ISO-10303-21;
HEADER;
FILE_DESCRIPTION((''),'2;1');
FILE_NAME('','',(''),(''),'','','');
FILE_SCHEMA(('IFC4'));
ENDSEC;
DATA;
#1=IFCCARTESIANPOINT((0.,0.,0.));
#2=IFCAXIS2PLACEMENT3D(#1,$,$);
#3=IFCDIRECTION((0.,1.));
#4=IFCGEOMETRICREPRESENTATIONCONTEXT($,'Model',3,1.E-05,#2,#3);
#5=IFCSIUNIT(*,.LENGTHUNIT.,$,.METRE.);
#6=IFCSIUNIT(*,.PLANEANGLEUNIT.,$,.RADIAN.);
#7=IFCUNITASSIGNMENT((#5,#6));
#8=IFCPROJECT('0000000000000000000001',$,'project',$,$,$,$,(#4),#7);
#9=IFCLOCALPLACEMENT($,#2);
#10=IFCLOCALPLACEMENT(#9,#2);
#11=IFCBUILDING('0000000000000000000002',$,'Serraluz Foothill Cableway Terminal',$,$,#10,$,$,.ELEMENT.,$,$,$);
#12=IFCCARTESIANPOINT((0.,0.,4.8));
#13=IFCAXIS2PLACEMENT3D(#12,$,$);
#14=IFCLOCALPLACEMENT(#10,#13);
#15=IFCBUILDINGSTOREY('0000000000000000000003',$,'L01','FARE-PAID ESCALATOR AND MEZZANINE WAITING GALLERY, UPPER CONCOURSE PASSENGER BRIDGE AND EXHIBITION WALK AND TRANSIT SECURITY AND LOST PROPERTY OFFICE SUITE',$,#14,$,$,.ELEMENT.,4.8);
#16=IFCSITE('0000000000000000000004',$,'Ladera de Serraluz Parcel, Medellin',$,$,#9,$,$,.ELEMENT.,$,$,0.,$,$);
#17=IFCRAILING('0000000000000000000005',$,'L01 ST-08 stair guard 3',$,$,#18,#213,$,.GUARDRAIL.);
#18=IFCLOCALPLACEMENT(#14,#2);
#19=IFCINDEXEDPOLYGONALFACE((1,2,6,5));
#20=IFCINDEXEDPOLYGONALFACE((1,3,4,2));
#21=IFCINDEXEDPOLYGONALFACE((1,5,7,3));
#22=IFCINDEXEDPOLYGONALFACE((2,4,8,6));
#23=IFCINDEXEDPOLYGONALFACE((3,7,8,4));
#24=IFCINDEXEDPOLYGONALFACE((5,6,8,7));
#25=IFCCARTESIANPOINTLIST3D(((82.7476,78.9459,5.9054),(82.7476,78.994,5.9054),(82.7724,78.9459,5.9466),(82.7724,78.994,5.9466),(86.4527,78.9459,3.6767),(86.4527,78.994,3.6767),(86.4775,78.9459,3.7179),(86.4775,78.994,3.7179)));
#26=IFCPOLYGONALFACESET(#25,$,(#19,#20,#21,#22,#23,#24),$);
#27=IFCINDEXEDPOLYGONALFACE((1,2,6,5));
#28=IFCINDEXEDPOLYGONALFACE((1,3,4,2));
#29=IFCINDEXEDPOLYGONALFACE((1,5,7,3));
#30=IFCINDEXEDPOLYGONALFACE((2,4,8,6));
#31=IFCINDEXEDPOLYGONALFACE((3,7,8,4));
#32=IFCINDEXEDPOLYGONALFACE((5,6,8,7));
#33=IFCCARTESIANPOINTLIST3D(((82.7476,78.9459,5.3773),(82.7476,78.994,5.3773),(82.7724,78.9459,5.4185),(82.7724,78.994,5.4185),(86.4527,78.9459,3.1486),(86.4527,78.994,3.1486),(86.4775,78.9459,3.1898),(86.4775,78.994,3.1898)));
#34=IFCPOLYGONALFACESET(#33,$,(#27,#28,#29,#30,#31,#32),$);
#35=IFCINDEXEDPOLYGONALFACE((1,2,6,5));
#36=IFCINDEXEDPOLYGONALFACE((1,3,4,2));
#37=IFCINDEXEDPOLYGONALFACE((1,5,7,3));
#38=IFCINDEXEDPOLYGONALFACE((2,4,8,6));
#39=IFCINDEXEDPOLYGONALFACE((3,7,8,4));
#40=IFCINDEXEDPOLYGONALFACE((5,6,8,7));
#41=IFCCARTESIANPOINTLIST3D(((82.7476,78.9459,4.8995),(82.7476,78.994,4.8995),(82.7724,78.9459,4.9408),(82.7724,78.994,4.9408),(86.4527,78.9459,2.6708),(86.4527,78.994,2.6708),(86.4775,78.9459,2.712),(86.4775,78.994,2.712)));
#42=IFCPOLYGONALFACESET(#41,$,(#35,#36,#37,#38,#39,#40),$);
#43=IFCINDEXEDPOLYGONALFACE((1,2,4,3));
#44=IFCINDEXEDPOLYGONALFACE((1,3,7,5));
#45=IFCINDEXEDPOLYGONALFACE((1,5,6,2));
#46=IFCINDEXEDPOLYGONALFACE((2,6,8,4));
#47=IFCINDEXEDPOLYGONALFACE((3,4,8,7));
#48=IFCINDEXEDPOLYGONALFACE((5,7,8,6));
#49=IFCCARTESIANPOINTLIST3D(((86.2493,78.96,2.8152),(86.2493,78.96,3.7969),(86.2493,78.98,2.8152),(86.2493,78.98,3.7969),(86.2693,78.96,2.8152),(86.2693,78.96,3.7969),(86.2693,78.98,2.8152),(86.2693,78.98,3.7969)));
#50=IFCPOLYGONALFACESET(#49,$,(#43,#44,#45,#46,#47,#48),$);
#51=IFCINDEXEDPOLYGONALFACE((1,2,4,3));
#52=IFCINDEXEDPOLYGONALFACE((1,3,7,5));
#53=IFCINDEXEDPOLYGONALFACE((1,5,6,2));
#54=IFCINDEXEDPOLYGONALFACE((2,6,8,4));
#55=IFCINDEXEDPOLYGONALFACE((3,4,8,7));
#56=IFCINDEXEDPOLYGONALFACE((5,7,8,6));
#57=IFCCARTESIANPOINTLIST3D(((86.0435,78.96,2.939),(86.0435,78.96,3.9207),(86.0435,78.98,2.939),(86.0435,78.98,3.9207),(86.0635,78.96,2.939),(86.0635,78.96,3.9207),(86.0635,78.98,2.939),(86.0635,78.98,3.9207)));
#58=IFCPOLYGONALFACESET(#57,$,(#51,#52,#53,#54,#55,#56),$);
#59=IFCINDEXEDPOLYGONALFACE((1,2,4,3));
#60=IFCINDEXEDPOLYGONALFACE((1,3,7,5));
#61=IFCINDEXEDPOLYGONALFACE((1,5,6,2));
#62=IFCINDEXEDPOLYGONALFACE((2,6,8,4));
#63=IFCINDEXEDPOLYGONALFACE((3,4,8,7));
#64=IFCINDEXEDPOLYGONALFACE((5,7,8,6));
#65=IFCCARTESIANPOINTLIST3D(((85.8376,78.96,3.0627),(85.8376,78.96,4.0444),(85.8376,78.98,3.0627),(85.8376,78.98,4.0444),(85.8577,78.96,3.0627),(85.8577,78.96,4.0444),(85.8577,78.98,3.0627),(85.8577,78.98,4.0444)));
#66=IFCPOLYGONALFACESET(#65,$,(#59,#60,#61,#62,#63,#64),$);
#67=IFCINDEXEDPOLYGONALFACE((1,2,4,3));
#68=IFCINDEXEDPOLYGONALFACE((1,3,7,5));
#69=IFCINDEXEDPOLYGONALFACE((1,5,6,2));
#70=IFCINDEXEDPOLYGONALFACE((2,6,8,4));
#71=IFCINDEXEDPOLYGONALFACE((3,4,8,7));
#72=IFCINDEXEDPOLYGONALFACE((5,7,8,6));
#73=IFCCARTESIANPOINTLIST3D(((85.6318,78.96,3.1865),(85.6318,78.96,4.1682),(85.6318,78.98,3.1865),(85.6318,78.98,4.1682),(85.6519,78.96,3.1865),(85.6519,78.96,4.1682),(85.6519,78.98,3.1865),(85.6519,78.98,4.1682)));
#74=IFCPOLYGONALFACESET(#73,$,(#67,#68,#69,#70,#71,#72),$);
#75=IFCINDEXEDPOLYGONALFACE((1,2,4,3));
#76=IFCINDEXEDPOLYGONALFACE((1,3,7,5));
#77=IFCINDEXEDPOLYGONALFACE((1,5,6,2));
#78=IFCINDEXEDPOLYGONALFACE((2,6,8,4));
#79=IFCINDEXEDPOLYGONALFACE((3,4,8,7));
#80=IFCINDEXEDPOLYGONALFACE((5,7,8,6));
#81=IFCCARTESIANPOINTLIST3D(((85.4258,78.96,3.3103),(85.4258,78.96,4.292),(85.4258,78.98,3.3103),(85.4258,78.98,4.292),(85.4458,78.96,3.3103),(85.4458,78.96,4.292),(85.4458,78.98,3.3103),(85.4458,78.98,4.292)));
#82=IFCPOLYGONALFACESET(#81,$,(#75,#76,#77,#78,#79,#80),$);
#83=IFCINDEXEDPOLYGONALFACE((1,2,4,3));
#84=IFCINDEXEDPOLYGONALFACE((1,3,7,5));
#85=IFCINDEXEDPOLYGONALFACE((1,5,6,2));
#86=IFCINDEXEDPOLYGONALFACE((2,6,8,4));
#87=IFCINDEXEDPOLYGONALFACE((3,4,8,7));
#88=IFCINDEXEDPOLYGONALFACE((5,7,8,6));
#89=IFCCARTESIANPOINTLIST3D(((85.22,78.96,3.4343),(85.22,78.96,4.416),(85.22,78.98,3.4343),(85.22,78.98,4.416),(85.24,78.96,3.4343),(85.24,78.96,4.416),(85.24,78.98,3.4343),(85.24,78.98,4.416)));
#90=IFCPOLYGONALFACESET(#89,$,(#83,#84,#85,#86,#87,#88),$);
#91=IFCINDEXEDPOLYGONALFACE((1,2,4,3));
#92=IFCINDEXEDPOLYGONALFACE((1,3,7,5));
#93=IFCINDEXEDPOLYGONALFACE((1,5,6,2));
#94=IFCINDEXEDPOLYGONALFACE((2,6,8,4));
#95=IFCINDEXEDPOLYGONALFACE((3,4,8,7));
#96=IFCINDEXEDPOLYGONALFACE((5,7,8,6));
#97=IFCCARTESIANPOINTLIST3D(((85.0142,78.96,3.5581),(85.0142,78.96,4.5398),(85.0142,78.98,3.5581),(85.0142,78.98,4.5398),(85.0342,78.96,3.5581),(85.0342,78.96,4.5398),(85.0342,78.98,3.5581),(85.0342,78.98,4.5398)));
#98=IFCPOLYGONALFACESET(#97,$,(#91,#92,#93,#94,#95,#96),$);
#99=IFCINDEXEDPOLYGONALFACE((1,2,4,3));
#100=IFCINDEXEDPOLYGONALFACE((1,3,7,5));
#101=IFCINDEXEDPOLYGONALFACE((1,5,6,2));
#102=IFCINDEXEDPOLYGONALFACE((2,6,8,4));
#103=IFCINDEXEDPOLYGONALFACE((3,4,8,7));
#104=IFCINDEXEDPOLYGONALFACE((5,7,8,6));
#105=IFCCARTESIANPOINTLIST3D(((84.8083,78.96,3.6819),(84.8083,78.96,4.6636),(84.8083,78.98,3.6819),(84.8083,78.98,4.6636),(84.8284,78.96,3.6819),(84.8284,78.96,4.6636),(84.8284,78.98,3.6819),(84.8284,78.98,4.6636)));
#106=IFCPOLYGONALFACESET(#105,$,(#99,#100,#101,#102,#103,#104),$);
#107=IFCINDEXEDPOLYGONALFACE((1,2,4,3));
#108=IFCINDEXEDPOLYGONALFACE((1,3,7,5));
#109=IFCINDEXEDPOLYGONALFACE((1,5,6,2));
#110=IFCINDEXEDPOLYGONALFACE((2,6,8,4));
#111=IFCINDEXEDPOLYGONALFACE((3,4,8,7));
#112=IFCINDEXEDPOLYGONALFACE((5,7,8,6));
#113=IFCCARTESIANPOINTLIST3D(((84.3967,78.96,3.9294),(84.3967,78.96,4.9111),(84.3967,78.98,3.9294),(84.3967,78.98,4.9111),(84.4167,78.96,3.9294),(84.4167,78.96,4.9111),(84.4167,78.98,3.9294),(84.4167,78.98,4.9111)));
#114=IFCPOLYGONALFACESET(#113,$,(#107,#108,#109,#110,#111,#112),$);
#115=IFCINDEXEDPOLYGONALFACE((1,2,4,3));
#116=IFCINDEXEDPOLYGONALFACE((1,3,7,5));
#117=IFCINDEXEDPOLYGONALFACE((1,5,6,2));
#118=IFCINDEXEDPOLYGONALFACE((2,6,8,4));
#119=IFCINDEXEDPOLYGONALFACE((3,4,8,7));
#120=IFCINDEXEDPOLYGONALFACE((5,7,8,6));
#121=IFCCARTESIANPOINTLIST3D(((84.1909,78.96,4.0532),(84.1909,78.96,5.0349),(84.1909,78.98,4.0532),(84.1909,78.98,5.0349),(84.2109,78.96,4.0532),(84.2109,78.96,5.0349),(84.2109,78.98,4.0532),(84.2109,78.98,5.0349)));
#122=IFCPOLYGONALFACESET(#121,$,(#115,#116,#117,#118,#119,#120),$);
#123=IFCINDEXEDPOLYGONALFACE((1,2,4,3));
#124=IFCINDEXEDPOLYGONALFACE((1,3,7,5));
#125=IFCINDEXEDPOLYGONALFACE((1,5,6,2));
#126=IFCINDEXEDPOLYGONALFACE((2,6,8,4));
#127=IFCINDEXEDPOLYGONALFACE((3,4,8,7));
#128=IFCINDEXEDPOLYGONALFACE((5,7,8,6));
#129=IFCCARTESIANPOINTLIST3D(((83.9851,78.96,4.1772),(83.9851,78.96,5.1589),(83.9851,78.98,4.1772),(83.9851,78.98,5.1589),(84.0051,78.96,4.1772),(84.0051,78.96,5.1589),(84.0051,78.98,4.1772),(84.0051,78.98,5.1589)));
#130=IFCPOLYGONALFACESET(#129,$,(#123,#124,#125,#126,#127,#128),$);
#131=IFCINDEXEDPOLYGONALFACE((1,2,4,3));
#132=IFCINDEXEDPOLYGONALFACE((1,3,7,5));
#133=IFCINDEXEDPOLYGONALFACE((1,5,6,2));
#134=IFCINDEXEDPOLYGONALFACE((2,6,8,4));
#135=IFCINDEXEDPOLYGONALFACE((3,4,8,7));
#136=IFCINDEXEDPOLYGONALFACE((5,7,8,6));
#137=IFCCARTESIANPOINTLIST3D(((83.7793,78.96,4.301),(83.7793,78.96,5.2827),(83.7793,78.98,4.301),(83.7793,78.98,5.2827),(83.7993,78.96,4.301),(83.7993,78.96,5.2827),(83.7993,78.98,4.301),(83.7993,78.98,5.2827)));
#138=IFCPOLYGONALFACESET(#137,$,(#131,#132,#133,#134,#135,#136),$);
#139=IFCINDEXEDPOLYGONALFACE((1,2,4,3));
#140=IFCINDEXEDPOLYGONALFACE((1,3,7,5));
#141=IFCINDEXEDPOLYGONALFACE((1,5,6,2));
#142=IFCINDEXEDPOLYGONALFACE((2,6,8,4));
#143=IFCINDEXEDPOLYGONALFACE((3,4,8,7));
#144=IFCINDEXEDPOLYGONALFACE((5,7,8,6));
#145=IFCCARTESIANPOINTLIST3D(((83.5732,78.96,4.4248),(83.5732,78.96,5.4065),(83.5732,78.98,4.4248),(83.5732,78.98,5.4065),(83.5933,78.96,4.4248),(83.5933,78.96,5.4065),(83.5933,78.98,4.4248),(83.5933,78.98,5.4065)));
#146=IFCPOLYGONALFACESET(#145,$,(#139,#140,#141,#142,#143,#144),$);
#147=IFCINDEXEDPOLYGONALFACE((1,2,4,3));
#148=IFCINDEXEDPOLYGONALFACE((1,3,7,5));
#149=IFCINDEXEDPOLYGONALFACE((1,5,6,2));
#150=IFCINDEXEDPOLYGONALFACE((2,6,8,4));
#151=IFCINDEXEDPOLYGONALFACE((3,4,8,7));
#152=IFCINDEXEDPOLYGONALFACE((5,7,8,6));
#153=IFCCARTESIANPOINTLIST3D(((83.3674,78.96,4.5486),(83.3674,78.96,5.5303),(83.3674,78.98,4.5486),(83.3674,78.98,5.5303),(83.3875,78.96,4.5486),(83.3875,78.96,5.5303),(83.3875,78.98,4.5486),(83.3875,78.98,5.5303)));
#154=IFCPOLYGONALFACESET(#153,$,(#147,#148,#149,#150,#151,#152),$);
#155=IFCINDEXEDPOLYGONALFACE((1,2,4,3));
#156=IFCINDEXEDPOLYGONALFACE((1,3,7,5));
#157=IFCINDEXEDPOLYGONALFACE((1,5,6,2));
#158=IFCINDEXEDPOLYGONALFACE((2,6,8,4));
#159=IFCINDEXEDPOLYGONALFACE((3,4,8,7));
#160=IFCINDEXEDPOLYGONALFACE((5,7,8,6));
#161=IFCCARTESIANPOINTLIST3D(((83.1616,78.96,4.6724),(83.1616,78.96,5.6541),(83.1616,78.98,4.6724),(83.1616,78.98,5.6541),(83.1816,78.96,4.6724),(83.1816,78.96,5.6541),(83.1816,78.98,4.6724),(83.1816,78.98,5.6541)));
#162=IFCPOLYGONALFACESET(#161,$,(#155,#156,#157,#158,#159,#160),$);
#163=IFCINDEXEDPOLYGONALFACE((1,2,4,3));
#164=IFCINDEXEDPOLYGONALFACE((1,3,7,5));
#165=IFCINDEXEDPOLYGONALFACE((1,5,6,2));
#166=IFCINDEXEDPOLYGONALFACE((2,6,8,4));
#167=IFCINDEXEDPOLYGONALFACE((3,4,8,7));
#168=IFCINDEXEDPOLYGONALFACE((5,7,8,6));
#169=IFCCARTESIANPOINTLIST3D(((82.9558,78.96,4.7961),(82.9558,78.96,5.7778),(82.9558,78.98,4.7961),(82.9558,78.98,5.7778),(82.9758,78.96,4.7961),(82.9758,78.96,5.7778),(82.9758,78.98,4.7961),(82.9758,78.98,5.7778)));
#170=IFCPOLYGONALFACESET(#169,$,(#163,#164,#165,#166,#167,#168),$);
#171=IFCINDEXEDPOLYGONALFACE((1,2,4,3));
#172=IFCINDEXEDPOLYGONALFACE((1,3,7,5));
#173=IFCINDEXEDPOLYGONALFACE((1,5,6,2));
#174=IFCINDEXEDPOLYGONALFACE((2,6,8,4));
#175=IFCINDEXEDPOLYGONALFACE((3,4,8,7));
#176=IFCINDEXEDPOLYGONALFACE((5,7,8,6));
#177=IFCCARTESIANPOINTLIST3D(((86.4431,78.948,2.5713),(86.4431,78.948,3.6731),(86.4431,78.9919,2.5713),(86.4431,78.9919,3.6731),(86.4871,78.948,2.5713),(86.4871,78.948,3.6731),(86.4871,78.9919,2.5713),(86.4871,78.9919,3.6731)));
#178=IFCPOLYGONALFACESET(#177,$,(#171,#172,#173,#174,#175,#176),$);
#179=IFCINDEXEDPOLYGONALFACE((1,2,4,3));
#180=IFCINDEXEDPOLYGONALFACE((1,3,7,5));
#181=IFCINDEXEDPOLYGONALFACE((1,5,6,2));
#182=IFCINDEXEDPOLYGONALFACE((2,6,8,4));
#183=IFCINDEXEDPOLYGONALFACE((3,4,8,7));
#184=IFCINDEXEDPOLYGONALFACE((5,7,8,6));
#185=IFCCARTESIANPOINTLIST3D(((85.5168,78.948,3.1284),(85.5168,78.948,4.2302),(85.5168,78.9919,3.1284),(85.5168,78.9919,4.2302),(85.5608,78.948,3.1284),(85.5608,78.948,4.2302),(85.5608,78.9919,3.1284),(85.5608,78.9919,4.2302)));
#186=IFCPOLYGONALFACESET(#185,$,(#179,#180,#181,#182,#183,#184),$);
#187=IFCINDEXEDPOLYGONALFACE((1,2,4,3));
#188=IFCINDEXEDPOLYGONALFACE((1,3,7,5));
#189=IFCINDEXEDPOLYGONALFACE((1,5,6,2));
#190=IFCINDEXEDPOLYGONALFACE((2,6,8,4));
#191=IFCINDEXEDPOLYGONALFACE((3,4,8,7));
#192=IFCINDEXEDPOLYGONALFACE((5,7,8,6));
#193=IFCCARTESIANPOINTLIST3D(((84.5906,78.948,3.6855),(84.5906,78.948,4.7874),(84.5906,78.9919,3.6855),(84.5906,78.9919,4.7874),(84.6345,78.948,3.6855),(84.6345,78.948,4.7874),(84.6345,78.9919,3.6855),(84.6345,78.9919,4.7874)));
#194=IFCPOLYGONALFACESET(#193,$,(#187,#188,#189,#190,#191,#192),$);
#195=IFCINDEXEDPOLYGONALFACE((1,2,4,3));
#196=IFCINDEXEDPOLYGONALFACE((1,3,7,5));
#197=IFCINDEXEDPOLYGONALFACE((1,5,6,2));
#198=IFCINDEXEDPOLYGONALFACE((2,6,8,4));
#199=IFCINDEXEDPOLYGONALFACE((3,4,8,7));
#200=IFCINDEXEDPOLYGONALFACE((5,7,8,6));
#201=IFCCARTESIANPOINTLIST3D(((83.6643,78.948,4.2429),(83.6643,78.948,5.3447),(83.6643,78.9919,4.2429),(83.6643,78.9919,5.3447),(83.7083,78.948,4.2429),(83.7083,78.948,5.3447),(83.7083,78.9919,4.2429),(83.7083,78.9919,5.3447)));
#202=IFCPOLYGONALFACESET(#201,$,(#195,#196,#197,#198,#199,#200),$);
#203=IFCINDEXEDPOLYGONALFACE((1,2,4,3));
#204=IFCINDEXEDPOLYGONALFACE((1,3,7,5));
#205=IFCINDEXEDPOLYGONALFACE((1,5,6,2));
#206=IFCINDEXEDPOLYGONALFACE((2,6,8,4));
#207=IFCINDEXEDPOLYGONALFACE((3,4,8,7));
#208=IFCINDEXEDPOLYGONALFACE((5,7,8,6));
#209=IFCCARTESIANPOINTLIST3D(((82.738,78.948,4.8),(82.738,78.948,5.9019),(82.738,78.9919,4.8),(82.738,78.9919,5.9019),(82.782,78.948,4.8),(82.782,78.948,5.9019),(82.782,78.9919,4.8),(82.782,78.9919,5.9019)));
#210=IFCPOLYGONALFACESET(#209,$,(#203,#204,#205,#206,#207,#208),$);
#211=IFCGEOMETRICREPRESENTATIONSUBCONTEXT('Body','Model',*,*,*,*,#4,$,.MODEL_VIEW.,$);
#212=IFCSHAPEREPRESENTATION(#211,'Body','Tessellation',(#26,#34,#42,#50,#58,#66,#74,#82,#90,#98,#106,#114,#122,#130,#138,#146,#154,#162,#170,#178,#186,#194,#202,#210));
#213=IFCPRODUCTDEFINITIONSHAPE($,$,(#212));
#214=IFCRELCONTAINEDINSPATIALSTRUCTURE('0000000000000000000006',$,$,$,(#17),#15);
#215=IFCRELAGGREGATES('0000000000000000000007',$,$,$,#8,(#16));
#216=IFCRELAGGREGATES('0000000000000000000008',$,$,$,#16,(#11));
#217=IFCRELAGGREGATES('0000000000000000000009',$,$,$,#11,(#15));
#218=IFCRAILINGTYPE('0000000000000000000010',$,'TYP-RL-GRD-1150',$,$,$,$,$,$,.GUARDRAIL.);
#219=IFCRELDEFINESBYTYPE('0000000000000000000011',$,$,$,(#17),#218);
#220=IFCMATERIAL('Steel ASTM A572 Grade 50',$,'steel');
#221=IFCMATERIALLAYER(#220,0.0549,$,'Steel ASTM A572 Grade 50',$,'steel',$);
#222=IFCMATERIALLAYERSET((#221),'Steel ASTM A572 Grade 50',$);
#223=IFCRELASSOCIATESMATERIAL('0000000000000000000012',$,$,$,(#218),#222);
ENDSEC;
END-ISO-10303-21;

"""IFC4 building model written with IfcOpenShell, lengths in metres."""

from ifc_helpers import new_model, si_unit, direction, frame, origin, origin_2d, place, context, subcontext, project, spatial, rectangle, extrude, material, layer, layer_set, type_object, element, save


model = new_model("IFC4")

# Units and contexts
model_context = context("Model", 3, precision=1e-05, world=origin(), true_north=direction((0.0, 1.0)))
body_context = subcontext(model_context, "Body", "Model", "MODEL_VIEW")
ifc_project = project(units=[si_unit("LENGTHUNIT", "METRE"), si_unit("PLANEANGLEUNIT", "RADIAN")], contexts=[model_context])

# Site, building, storey
site_placement = place(None, origin())
site = spatial("IfcSite", under=ifc_project, at=site_placement, Name="Ladera de Serraluz Parcel, Medellin", CompositionType="ELEMENT", RefElevation=0.0)
building_placement = place(site_placement, origin())
building = spatial("IfcBuilding", under=site, at=building_placement, Name="Serraluz Foothill Cableway Terminal", CompositionType="ELEMENT")
storey_placement = place(building_placement, frame((0.0, 0.0, 4.8)))
storey = spatial("IfcBuildingStorey", under=building, at=storey_placement, Name="L01", Description="FARE-PAID ESCALATOR AND MEZZANINE WAITING GALLERY, UPPER CONCOURSE PASSENGER BRIDGE AND EXHIBITION WALK AND TRANSIT SECURITY AND LOST PROPERTY OFFICE SUITE", CompositionType="ELEMENT", Elevation=4.8)

# Railing
ifc_material_1 = material(Name="Steel ASTM A572 Grade 50", Category="steel")
ifc_layer_1 = layer(ifc_material_1, 0.0549, Name="Steel ASTM A572 Grade 50", Category="steel")
ifc_layer_set_1 = layer_set([ifc_layer_1], Name="Steel ASTM A572 Grade 50")
railing_type_1 = type_object("IfcRailingType", Name="TYP-RL-GRD-1150", PredefinedType="GUARDRAIL", material=ifc_layer_set_1)
railing_1_placement = place(storey_placement, frame((86.4651, 78.97, 2.5713)))
element("IfcRailing", 1, at=railing_1_placement, inside=storey, type_object=railing_type_1, Name="L01 ST-08 stair guard 3", PredefinedType="GUARDRAIL", context=body_context, shape_type="SweptSolid", body=[
    extrude(rectangle(XDim=0.0481, YDim=0.0481, at=origin_2d()), frame((0.0, 0.0, 1.126), z_axis=(-0.856909, 0.0, 0.515467), x_axis=(0.0, -1.0, 0.0)), (0.0, 0.0, 1.0), 4.3237),
    extrude(rectangle(XDim=0.0481, YDim=0.0481, at=origin_2d()), frame((0.0, 0.0, 0.5979), z_axis=(-0.856909, 0.0, 0.515467), x_axis=(0.0, -1.0, 0.0)), (0.0, 0.0, 1.0), 4.3237),
    extrude(rectangle(XDim=0.0481, YDim=0.0481, at=origin_2d()), frame((0.0, 0.0, 0.1201), z_axis=(-0.856909, 0.0, 0.515467), x_axis=(0.0, -1.0, 0.0)), (0.0, 0.0, 1.0), 4.3237),
    extrude(rectangle(XDim=0.02, YDim=0.02, at=origin_2d()), frame((-0.2058, 0.0, 0.2439)), (0.0, 0.0, 1.0), 0.9817),
    extrude(rectangle(XDim=0.02, YDim=0.02, at=origin_2d()), frame((-0.4116, 0.0, 0.3677)), (0.0, 0.0, 1.0), 0.9817),
    extrude(rectangle(XDim=0.02, YDim=0.02, at=origin_2d()), frame((-0.6174, 0.0, 0.4915)), (0.0, 0.0, 1.0), 0.9817),
    extrude(rectangle(XDim=0.02, YDim=0.02, at=origin_2d()), frame((-0.8232, 0.0, 0.6152)), (0.0, 0.0, 1.0), 0.9817),
    extrude(rectangle(XDim=0.02, YDim=0.02, at=origin_2d()), frame((-1.0293, 0.0, 0.739)), (0.0, 0.0, 1.0), 0.9817),
    extrude(rectangle(XDim=0.02, YDim=0.02, at=origin_2d()), frame((-1.2351, 0.0, 0.863)), (0.0, 0.0, 1.0), 0.9817),
    extrude(rectangle(XDim=0.02, YDim=0.02, at=origin_2d()), frame((-1.4409, 0.0, 0.9868)), (0.0, 0.0, 1.0), 0.9817),
    extrude(rectangle(XDim=0.02, YDim=0.02, at=origin_2d()), frame((-1.6467, 0.0, 1.1106)), (0.0, 0.0, 1.0), 0.9817),
    extrude(rectangle(XDim=0.02, YDim=0.02, at=origin_2d()), frame((-2.0583, 0.0, 1.3582)), (0.0, 0.0, 1.0), 0.9817),
    extrude(rectangle(XDim=0.02, YDim=0.02, at=origin_2d()), frame((-2.2642, 0.0, 1.4819)), (0.0, 0.0, 1.0), 0.9817),
    extrude(rectangle(XDim=0.02, YDim=0.02, at=origin_2d()), frame((-2.47, 0.0, 1.606)), (0.0, 0.0, 1.0), 0.9817),
    extrude(rectangle(XDim=0.02, YDim=0.02, at=origin_2d()), frame((-2.6758, 0.0, 1.7297)), (0.0, 0.0, 1.0), 0.9817),
    extrude(rectangle(XDim=0.02, YDim=0.02, at=origin_2d()), frame((-2.8818, 0.0, 1.8535)), (0.0, 0.0, 1.0), 0.9817),
    extrude(rectangle(XDim=0.02, YDim=0.02, at=origin_2d()), frame((-3.0876, 0.0, 1.9773)), (0.0, 0.0, 1.0), 0.9817),
    extrude(rectangle(XDim=0.02, YDim=0.02, at=origin_2d()), frame((-3.2935, 0.0, 2.1011)), (0.0, 0.0, 1.0), 0.9817),
    extrude(rectangle(XDim=0.02, YDim=0.02, at=origin_2d()), frame((-3.4993, 0.0, 2.2249)), (0.0, 0.0, 1.0), 0.9817),
    extrude(rectangle(XDim=0.0439, YDim=0.0439, at=origin_2d()), origin(), (0.0, 0.0, 1.0), 1.1018),
    extrude(rectangle(XDim=0.0439, YDim=0.0439, at=origin_2d()), frame((-0.9263, 0.0, 0.5571)), (0.0, 0.0, 1.0), 1.1018),
    extrude(rectangle(XDim=0.0439, YDim=0.0439, at=origin_2d()), frame((-1.8525, 0.0, 1.1143)), (0.0, 0.0, 1.0), 1.1018),
    extrude(rectangle(XDim=0.0439, YDim=0.0439, at=origin_2d()), frame((-2.7788, 0.0, 1.6716)), (0.0, 0.0, 1.0), 1.1018),
    extrude(rectangle(XDim=0.0439, YDim=0.0439, at=origin_2d()), frame((-3.7051, 0.0, 2.2288)), (0.0, 0.0, 1.0), 1.1018),
])

save(model, "model.ifc")
